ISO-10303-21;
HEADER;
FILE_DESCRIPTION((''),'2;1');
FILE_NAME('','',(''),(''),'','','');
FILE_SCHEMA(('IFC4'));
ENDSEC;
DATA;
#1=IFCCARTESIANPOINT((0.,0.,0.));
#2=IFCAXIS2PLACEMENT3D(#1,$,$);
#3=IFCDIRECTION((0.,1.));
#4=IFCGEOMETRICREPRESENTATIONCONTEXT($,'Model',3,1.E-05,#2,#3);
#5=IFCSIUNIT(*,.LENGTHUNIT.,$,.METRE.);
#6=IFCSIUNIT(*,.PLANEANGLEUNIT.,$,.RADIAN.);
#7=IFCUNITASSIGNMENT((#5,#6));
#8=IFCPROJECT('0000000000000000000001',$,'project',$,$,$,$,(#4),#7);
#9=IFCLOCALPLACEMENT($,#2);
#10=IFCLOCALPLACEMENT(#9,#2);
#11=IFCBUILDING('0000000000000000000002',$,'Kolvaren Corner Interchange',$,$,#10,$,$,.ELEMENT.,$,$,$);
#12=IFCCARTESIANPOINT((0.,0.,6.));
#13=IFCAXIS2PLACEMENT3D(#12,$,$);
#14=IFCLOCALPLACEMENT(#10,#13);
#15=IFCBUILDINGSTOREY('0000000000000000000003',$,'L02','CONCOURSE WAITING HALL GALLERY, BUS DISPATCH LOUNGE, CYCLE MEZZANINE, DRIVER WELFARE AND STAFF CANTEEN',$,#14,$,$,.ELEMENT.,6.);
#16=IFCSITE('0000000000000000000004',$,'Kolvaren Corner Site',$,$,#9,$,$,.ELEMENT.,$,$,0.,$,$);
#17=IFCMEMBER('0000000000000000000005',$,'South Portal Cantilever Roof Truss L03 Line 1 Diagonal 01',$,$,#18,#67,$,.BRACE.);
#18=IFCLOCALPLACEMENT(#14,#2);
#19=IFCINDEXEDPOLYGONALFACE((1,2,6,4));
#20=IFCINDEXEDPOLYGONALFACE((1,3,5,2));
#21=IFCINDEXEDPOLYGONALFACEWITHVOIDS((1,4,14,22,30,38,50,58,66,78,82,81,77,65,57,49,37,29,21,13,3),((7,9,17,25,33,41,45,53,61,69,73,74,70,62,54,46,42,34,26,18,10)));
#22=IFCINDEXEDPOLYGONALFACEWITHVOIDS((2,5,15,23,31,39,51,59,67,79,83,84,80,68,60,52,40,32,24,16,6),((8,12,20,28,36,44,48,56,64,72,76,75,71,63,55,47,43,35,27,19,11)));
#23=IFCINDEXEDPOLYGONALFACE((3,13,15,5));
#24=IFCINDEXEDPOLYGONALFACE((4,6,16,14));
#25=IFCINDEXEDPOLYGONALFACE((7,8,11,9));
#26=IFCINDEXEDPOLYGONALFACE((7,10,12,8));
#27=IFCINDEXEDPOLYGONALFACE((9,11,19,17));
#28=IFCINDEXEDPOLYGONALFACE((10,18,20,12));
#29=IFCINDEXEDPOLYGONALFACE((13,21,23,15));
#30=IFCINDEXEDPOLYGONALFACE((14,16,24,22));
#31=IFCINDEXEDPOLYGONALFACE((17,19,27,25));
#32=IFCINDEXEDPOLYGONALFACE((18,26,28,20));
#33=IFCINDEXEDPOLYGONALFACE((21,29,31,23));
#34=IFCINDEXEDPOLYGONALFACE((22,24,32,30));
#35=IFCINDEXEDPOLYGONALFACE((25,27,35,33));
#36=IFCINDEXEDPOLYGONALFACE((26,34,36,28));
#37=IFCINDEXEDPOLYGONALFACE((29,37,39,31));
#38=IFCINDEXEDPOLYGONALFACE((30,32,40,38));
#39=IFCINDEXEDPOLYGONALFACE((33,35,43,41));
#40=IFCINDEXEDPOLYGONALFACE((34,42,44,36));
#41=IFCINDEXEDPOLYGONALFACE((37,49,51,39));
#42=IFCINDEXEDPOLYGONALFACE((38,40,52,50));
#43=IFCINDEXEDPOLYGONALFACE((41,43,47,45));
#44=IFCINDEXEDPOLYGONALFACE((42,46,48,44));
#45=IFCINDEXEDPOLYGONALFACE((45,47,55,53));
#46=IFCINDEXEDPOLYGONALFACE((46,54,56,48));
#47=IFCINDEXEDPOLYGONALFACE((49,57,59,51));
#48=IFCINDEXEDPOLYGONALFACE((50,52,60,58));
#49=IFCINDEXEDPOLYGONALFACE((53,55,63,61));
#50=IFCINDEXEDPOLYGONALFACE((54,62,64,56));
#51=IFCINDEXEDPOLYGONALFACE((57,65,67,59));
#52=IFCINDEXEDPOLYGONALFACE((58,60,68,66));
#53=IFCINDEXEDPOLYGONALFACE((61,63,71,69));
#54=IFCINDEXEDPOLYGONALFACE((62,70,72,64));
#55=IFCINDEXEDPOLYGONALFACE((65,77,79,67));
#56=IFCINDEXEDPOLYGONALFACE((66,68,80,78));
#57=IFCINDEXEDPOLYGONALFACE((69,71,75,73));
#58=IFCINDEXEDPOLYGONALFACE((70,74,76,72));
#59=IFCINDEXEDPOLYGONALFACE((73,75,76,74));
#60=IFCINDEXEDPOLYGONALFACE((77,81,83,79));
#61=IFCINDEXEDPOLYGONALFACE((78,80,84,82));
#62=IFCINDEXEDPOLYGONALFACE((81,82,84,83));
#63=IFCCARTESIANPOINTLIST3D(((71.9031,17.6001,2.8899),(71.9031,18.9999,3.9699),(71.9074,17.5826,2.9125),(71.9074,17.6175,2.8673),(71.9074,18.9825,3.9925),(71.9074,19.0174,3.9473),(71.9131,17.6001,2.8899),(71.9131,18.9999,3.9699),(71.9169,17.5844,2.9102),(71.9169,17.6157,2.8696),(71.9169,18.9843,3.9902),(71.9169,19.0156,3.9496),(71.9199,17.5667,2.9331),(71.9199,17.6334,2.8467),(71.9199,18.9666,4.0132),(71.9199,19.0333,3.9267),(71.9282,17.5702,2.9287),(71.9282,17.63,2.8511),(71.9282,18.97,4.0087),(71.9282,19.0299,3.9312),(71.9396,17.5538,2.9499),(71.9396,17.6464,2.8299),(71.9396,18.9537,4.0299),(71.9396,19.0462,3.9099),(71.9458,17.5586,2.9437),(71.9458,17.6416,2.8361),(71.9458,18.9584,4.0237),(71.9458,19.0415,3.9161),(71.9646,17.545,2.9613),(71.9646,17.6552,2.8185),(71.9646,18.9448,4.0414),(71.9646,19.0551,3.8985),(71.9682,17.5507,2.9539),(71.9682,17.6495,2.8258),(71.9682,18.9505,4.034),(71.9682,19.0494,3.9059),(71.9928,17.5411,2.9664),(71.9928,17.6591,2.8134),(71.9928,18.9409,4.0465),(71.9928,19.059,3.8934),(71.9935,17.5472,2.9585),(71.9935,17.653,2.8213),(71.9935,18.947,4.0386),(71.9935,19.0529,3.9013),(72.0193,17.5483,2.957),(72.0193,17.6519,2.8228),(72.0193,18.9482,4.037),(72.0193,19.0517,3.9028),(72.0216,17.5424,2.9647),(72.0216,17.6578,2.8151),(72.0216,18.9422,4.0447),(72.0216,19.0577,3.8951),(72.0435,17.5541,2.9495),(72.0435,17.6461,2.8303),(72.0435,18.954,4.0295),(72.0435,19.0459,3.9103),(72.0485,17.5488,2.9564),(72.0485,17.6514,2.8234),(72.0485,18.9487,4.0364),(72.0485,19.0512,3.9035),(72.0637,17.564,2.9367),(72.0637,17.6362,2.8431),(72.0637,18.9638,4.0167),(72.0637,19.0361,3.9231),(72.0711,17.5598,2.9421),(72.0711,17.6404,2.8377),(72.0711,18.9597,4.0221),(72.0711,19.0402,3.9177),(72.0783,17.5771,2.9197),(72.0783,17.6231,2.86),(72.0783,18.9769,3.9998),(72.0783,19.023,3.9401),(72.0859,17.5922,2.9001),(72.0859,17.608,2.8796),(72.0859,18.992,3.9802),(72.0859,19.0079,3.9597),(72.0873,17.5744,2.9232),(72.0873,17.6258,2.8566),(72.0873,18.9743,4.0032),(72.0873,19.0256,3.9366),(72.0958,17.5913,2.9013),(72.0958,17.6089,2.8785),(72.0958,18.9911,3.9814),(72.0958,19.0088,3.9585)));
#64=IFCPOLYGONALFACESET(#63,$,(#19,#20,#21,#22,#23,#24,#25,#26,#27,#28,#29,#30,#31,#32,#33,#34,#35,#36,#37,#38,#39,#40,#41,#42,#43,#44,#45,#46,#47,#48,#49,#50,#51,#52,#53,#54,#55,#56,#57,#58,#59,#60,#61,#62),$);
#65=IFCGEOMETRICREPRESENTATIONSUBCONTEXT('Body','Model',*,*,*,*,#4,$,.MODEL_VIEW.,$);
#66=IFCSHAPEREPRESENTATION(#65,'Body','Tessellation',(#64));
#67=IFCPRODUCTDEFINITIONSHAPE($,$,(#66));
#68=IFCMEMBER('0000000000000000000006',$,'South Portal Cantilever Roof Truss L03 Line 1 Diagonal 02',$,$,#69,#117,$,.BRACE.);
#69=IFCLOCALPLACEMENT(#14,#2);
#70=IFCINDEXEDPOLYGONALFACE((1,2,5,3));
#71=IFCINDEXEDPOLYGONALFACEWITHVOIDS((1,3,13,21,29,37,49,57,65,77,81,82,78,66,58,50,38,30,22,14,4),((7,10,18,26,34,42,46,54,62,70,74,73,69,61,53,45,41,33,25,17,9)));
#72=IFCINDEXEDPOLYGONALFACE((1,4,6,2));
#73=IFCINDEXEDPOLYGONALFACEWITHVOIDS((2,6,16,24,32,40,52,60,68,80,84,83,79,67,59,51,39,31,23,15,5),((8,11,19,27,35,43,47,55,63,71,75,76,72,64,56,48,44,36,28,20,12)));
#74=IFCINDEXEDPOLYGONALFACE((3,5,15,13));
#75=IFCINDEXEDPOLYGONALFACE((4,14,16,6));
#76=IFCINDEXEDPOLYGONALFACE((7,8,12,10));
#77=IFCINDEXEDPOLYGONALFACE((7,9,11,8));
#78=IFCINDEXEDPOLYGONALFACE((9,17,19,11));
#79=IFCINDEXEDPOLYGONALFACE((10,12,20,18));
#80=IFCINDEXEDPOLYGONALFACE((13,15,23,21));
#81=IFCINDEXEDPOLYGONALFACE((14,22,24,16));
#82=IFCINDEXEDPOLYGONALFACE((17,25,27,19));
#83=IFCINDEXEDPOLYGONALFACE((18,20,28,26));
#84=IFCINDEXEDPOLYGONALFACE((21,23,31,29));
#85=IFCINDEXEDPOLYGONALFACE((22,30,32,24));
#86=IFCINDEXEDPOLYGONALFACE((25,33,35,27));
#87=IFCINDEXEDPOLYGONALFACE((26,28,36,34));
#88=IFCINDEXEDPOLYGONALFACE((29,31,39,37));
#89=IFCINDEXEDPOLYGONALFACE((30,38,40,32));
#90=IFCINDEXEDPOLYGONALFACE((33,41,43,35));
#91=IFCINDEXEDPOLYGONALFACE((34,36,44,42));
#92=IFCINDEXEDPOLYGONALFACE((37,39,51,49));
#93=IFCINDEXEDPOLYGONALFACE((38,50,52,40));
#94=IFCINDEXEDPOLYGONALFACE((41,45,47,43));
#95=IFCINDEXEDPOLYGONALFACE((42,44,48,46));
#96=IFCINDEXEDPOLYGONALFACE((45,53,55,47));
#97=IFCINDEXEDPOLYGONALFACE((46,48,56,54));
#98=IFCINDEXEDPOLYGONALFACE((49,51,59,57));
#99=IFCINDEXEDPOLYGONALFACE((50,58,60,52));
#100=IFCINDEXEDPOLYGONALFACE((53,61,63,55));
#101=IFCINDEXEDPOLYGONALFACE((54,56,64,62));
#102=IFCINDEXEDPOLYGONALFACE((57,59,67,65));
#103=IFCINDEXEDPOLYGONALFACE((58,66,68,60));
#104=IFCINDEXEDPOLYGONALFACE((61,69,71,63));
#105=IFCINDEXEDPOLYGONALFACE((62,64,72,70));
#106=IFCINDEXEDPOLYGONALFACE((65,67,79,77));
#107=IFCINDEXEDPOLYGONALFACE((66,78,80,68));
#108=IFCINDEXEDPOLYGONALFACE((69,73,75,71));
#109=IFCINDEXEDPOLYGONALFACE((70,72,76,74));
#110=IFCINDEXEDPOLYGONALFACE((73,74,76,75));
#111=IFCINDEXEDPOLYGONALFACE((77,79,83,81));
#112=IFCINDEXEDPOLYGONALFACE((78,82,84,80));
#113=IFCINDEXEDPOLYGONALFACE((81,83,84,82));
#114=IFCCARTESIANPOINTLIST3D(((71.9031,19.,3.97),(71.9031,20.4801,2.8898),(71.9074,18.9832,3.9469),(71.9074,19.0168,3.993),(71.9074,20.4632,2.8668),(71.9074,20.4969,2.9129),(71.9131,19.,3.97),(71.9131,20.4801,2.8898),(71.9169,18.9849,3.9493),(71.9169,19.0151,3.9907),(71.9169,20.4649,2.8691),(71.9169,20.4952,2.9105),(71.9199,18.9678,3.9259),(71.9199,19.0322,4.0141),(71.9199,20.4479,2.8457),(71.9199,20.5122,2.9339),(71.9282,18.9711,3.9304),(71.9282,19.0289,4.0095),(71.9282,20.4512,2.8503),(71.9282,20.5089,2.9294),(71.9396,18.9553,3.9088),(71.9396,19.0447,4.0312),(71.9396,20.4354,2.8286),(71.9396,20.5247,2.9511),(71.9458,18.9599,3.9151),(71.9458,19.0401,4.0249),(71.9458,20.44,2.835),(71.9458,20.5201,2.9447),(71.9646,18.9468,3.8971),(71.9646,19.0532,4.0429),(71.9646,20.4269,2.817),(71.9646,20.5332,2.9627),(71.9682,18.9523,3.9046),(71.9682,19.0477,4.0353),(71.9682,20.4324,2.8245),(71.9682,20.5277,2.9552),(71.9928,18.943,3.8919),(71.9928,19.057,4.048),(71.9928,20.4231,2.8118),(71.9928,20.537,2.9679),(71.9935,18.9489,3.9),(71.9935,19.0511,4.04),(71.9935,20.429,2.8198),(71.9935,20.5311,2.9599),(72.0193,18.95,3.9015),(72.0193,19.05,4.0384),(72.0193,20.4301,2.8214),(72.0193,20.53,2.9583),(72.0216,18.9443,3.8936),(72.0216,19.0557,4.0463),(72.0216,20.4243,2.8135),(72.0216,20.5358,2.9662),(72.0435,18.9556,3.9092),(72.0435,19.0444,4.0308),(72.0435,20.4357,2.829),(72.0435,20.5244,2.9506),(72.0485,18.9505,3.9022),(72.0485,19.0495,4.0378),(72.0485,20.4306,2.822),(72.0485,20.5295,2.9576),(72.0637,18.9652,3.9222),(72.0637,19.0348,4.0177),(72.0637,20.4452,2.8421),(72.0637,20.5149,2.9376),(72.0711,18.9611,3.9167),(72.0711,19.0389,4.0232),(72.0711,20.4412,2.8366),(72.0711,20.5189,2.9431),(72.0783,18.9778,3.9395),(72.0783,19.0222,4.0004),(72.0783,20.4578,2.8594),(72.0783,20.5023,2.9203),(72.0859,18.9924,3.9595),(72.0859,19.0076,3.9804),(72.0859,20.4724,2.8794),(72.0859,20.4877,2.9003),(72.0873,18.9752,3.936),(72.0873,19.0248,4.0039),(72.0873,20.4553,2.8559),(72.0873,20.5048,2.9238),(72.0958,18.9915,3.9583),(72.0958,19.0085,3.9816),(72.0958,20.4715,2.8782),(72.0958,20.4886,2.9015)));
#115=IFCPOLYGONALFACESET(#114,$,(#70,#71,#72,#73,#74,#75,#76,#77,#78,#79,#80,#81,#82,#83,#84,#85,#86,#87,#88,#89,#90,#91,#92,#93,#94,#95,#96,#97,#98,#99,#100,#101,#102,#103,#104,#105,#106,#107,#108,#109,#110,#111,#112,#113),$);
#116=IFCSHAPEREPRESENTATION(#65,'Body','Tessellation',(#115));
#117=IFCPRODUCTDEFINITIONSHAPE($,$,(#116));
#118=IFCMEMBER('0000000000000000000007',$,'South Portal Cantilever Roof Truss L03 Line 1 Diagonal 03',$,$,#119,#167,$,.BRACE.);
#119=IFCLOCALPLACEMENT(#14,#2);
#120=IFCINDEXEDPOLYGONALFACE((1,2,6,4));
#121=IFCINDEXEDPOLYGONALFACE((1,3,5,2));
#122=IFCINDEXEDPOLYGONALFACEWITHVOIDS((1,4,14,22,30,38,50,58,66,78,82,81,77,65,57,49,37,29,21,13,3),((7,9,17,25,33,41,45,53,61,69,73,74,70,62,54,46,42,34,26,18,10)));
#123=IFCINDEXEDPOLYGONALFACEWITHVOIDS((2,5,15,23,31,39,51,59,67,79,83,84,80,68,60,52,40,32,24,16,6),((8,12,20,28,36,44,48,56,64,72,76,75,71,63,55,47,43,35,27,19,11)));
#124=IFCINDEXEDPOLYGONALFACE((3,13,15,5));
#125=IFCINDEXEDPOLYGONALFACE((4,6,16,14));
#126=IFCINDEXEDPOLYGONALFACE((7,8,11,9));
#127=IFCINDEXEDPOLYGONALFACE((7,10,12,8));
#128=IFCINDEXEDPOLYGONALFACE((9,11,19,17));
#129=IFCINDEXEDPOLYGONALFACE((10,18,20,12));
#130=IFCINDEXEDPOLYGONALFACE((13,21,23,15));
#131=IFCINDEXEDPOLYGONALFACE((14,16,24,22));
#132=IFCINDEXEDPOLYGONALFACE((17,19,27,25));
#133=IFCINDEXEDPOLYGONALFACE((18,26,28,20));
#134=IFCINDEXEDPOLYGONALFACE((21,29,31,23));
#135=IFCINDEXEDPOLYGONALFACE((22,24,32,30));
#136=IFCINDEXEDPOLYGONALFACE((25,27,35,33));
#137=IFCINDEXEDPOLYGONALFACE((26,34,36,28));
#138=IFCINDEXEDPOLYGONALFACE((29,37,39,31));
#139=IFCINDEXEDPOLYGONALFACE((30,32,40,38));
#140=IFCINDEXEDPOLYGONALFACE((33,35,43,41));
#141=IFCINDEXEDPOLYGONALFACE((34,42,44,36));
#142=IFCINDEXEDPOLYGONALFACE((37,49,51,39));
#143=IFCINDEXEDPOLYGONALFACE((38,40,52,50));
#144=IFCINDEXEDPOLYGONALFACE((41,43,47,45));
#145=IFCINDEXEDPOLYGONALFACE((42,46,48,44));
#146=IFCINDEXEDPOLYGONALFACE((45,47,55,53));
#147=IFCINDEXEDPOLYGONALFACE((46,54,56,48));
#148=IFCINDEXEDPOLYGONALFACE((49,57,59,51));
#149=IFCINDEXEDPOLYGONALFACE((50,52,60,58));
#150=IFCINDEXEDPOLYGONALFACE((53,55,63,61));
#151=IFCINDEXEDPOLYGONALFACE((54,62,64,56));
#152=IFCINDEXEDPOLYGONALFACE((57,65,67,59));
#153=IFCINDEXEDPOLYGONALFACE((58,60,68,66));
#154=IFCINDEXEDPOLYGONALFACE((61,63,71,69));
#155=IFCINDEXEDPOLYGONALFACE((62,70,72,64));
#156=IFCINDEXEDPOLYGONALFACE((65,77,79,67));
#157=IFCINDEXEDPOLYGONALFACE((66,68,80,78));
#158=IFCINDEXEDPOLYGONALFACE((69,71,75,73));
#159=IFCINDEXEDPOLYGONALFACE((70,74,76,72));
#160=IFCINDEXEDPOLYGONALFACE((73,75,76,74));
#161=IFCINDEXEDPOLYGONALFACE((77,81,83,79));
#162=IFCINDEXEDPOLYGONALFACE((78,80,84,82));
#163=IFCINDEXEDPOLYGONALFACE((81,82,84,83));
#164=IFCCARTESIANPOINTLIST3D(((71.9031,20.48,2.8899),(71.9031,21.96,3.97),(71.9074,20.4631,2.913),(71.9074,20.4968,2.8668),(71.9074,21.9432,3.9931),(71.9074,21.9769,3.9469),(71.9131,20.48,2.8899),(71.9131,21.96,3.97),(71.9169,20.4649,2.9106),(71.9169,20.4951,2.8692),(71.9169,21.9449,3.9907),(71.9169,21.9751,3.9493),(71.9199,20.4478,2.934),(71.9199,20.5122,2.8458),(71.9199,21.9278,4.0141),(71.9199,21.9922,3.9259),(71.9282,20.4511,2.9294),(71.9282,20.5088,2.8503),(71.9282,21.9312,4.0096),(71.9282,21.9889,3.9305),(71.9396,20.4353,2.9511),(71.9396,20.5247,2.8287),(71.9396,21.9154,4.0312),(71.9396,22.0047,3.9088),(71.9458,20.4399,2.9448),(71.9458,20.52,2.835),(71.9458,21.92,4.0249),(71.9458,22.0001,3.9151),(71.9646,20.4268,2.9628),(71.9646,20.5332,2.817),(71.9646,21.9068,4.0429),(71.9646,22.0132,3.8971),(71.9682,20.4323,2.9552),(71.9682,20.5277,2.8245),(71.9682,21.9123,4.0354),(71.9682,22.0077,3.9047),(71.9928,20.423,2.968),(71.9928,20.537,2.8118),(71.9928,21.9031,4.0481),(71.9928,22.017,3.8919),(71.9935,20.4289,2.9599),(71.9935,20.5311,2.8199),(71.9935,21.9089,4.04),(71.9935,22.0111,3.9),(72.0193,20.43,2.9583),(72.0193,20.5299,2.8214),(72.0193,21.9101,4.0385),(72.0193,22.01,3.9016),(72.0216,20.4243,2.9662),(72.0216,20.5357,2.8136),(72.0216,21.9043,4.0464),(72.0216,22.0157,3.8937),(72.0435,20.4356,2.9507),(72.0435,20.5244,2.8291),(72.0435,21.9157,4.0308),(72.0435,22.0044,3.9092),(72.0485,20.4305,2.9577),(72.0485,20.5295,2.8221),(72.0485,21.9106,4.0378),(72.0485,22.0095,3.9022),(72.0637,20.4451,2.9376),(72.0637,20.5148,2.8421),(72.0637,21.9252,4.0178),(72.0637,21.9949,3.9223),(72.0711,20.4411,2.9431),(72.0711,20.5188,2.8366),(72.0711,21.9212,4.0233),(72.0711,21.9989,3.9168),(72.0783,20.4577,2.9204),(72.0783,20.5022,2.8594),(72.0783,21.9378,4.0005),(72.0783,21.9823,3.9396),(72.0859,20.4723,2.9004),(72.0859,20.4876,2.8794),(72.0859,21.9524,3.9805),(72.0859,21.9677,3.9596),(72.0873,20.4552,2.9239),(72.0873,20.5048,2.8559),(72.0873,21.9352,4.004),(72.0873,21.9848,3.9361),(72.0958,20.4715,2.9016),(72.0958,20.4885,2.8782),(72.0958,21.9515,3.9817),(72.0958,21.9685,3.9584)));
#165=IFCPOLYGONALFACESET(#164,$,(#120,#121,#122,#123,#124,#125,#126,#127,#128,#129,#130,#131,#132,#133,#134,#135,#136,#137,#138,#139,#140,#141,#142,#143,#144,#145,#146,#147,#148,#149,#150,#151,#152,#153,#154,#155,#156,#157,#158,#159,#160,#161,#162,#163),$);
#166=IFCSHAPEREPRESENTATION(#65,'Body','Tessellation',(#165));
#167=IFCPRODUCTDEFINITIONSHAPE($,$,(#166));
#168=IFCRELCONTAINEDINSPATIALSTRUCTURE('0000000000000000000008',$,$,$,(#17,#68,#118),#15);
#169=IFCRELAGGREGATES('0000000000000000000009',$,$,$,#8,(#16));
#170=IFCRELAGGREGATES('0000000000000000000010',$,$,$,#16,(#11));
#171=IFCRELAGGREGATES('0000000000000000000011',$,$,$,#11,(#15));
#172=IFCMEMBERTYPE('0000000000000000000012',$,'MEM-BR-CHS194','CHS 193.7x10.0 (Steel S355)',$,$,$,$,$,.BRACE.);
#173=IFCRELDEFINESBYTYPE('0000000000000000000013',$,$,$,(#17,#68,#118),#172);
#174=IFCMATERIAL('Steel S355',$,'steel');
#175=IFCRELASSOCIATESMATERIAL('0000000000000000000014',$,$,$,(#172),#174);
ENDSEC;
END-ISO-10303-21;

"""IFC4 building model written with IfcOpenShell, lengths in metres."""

from ifc_helpers import new_model, si_unit, direction, frame, origin, origin_2d, place, context, subcontext, project, spatial, hollow_circle, extrude, material, material_profile, profile_set, type_object, element, save


model = new_model("IFC4")

# Units and contexts
model_context = context("Model", 3, precision=1e-05, world=origin(), true_north=direction((0.0, 1.0)))
body_context = subcontext(model_context, "Body", "Model", "MODEL_VIEW")
ifc_project = project(units=[si_unit("LENGTHUNIT", "METRE"), si_unit("PLANEANGLEUNIT", "RADIAN")], contexts=[model_context])

# Site, building, storey
site_placement = place(None, origin())
site = spatial("IfcSite", under=ifc_project, at=site_placement, Name="Kolvaren Corner Site", CompositionType="ELEMENT", RefElevation=0.0)
building_placement = place(site_placement, origin())
building = spatial("IfcBuilding", under=site, at=building_placement, Name="Kolvaren Corner Interchange", CompositionType="ELEMENT")
storey_placement = place(building_placement, frame((0.0, 0.0, 6.0)))
storey = spatial("IfcBuildingStorey", under=building, at=storey_placement, Name="L02", Description="CONCOURSE WAITING HALL GALLERY, BUS DISPATCH LOUNGE, CYCLE MEZZANINE, DRIVER WELFARE AND STAFF CANTEEN", CompositionType="ELEMENT", Elevation=6.0)

# Members
ifc_material_1 = material(Name="Steel S355", Category="steel")
ifc_material_profile_1 = material_profile(ifc_material_1, hollow_circle(Radius=0.0969, WallThickness=0.01, at=origin_2d()), Name="CHS 193.7x10.0")
ifc_profile_set_1 = profile_set([ifc_material_profile_1], Name="Steel S355")
member_type_1 = type_object("IfcMemberType", Name="MEM-BR-CHS194", Description="CHS 193.7x10.0 (Steel S355)", PredefinedType="BRACE", material=ifc_profile_set_1)
member_1_placement = place(storey_placement, frame((72.0, 17.6001, 2.8899), z_axis=(0.0, 0.79174, 0.610858), x_axis=(-1.0, 0.0, 0.0)))
element("IfcMember", 1, at=member_1_placement, inside=storey, type_object=member_type_1, Name="South Portal Cantilever Roof Truss L03 Line 1 Diagonal 01", PredefinedType="BRACE", context=body_context, shape_type="SweptSolid", body=[
    extrude(hollow_circle(Radius=0.0969, WallThickness=0.01, at=origin_2d()), origin(), (0.0, 0.0, 1.0), 1.7681),
])
for number, where, z_axis, x_axis, name in (
    (2, (72.0, 19.0, 3.97), (0.0, 0.807767, -0.589502), (-1.0, 0.0, 0.0), "South Portal Cantilever Roof Truss L03 Line 1 Diagonal 02"),
    (3, (72.0, 20.48, 2.8899), (0.0, 0.807767, 0.589502), (-1.0, 0.0, 0.0), "South Portal Cantilever Roof Truss L03 Line 1 Diagonal 03"),
):
    element("IfcMember", number, at=place(storey_placement, frame(where, z_axis=z_axis, x_axis=x_axis)), inside=storey, type_object=member_type_1, Name=name, PredefinedType="BRACE", context=body_context, shape_type="SweptSolid", body=[
        extrude(hollow_circle(Radius=0.0969, WallThickness=0.01, at=origin_2d()), origin(), (0.0, 0.0, 1.0), 1.8323),
    ])

save(model, "model.ifc")
